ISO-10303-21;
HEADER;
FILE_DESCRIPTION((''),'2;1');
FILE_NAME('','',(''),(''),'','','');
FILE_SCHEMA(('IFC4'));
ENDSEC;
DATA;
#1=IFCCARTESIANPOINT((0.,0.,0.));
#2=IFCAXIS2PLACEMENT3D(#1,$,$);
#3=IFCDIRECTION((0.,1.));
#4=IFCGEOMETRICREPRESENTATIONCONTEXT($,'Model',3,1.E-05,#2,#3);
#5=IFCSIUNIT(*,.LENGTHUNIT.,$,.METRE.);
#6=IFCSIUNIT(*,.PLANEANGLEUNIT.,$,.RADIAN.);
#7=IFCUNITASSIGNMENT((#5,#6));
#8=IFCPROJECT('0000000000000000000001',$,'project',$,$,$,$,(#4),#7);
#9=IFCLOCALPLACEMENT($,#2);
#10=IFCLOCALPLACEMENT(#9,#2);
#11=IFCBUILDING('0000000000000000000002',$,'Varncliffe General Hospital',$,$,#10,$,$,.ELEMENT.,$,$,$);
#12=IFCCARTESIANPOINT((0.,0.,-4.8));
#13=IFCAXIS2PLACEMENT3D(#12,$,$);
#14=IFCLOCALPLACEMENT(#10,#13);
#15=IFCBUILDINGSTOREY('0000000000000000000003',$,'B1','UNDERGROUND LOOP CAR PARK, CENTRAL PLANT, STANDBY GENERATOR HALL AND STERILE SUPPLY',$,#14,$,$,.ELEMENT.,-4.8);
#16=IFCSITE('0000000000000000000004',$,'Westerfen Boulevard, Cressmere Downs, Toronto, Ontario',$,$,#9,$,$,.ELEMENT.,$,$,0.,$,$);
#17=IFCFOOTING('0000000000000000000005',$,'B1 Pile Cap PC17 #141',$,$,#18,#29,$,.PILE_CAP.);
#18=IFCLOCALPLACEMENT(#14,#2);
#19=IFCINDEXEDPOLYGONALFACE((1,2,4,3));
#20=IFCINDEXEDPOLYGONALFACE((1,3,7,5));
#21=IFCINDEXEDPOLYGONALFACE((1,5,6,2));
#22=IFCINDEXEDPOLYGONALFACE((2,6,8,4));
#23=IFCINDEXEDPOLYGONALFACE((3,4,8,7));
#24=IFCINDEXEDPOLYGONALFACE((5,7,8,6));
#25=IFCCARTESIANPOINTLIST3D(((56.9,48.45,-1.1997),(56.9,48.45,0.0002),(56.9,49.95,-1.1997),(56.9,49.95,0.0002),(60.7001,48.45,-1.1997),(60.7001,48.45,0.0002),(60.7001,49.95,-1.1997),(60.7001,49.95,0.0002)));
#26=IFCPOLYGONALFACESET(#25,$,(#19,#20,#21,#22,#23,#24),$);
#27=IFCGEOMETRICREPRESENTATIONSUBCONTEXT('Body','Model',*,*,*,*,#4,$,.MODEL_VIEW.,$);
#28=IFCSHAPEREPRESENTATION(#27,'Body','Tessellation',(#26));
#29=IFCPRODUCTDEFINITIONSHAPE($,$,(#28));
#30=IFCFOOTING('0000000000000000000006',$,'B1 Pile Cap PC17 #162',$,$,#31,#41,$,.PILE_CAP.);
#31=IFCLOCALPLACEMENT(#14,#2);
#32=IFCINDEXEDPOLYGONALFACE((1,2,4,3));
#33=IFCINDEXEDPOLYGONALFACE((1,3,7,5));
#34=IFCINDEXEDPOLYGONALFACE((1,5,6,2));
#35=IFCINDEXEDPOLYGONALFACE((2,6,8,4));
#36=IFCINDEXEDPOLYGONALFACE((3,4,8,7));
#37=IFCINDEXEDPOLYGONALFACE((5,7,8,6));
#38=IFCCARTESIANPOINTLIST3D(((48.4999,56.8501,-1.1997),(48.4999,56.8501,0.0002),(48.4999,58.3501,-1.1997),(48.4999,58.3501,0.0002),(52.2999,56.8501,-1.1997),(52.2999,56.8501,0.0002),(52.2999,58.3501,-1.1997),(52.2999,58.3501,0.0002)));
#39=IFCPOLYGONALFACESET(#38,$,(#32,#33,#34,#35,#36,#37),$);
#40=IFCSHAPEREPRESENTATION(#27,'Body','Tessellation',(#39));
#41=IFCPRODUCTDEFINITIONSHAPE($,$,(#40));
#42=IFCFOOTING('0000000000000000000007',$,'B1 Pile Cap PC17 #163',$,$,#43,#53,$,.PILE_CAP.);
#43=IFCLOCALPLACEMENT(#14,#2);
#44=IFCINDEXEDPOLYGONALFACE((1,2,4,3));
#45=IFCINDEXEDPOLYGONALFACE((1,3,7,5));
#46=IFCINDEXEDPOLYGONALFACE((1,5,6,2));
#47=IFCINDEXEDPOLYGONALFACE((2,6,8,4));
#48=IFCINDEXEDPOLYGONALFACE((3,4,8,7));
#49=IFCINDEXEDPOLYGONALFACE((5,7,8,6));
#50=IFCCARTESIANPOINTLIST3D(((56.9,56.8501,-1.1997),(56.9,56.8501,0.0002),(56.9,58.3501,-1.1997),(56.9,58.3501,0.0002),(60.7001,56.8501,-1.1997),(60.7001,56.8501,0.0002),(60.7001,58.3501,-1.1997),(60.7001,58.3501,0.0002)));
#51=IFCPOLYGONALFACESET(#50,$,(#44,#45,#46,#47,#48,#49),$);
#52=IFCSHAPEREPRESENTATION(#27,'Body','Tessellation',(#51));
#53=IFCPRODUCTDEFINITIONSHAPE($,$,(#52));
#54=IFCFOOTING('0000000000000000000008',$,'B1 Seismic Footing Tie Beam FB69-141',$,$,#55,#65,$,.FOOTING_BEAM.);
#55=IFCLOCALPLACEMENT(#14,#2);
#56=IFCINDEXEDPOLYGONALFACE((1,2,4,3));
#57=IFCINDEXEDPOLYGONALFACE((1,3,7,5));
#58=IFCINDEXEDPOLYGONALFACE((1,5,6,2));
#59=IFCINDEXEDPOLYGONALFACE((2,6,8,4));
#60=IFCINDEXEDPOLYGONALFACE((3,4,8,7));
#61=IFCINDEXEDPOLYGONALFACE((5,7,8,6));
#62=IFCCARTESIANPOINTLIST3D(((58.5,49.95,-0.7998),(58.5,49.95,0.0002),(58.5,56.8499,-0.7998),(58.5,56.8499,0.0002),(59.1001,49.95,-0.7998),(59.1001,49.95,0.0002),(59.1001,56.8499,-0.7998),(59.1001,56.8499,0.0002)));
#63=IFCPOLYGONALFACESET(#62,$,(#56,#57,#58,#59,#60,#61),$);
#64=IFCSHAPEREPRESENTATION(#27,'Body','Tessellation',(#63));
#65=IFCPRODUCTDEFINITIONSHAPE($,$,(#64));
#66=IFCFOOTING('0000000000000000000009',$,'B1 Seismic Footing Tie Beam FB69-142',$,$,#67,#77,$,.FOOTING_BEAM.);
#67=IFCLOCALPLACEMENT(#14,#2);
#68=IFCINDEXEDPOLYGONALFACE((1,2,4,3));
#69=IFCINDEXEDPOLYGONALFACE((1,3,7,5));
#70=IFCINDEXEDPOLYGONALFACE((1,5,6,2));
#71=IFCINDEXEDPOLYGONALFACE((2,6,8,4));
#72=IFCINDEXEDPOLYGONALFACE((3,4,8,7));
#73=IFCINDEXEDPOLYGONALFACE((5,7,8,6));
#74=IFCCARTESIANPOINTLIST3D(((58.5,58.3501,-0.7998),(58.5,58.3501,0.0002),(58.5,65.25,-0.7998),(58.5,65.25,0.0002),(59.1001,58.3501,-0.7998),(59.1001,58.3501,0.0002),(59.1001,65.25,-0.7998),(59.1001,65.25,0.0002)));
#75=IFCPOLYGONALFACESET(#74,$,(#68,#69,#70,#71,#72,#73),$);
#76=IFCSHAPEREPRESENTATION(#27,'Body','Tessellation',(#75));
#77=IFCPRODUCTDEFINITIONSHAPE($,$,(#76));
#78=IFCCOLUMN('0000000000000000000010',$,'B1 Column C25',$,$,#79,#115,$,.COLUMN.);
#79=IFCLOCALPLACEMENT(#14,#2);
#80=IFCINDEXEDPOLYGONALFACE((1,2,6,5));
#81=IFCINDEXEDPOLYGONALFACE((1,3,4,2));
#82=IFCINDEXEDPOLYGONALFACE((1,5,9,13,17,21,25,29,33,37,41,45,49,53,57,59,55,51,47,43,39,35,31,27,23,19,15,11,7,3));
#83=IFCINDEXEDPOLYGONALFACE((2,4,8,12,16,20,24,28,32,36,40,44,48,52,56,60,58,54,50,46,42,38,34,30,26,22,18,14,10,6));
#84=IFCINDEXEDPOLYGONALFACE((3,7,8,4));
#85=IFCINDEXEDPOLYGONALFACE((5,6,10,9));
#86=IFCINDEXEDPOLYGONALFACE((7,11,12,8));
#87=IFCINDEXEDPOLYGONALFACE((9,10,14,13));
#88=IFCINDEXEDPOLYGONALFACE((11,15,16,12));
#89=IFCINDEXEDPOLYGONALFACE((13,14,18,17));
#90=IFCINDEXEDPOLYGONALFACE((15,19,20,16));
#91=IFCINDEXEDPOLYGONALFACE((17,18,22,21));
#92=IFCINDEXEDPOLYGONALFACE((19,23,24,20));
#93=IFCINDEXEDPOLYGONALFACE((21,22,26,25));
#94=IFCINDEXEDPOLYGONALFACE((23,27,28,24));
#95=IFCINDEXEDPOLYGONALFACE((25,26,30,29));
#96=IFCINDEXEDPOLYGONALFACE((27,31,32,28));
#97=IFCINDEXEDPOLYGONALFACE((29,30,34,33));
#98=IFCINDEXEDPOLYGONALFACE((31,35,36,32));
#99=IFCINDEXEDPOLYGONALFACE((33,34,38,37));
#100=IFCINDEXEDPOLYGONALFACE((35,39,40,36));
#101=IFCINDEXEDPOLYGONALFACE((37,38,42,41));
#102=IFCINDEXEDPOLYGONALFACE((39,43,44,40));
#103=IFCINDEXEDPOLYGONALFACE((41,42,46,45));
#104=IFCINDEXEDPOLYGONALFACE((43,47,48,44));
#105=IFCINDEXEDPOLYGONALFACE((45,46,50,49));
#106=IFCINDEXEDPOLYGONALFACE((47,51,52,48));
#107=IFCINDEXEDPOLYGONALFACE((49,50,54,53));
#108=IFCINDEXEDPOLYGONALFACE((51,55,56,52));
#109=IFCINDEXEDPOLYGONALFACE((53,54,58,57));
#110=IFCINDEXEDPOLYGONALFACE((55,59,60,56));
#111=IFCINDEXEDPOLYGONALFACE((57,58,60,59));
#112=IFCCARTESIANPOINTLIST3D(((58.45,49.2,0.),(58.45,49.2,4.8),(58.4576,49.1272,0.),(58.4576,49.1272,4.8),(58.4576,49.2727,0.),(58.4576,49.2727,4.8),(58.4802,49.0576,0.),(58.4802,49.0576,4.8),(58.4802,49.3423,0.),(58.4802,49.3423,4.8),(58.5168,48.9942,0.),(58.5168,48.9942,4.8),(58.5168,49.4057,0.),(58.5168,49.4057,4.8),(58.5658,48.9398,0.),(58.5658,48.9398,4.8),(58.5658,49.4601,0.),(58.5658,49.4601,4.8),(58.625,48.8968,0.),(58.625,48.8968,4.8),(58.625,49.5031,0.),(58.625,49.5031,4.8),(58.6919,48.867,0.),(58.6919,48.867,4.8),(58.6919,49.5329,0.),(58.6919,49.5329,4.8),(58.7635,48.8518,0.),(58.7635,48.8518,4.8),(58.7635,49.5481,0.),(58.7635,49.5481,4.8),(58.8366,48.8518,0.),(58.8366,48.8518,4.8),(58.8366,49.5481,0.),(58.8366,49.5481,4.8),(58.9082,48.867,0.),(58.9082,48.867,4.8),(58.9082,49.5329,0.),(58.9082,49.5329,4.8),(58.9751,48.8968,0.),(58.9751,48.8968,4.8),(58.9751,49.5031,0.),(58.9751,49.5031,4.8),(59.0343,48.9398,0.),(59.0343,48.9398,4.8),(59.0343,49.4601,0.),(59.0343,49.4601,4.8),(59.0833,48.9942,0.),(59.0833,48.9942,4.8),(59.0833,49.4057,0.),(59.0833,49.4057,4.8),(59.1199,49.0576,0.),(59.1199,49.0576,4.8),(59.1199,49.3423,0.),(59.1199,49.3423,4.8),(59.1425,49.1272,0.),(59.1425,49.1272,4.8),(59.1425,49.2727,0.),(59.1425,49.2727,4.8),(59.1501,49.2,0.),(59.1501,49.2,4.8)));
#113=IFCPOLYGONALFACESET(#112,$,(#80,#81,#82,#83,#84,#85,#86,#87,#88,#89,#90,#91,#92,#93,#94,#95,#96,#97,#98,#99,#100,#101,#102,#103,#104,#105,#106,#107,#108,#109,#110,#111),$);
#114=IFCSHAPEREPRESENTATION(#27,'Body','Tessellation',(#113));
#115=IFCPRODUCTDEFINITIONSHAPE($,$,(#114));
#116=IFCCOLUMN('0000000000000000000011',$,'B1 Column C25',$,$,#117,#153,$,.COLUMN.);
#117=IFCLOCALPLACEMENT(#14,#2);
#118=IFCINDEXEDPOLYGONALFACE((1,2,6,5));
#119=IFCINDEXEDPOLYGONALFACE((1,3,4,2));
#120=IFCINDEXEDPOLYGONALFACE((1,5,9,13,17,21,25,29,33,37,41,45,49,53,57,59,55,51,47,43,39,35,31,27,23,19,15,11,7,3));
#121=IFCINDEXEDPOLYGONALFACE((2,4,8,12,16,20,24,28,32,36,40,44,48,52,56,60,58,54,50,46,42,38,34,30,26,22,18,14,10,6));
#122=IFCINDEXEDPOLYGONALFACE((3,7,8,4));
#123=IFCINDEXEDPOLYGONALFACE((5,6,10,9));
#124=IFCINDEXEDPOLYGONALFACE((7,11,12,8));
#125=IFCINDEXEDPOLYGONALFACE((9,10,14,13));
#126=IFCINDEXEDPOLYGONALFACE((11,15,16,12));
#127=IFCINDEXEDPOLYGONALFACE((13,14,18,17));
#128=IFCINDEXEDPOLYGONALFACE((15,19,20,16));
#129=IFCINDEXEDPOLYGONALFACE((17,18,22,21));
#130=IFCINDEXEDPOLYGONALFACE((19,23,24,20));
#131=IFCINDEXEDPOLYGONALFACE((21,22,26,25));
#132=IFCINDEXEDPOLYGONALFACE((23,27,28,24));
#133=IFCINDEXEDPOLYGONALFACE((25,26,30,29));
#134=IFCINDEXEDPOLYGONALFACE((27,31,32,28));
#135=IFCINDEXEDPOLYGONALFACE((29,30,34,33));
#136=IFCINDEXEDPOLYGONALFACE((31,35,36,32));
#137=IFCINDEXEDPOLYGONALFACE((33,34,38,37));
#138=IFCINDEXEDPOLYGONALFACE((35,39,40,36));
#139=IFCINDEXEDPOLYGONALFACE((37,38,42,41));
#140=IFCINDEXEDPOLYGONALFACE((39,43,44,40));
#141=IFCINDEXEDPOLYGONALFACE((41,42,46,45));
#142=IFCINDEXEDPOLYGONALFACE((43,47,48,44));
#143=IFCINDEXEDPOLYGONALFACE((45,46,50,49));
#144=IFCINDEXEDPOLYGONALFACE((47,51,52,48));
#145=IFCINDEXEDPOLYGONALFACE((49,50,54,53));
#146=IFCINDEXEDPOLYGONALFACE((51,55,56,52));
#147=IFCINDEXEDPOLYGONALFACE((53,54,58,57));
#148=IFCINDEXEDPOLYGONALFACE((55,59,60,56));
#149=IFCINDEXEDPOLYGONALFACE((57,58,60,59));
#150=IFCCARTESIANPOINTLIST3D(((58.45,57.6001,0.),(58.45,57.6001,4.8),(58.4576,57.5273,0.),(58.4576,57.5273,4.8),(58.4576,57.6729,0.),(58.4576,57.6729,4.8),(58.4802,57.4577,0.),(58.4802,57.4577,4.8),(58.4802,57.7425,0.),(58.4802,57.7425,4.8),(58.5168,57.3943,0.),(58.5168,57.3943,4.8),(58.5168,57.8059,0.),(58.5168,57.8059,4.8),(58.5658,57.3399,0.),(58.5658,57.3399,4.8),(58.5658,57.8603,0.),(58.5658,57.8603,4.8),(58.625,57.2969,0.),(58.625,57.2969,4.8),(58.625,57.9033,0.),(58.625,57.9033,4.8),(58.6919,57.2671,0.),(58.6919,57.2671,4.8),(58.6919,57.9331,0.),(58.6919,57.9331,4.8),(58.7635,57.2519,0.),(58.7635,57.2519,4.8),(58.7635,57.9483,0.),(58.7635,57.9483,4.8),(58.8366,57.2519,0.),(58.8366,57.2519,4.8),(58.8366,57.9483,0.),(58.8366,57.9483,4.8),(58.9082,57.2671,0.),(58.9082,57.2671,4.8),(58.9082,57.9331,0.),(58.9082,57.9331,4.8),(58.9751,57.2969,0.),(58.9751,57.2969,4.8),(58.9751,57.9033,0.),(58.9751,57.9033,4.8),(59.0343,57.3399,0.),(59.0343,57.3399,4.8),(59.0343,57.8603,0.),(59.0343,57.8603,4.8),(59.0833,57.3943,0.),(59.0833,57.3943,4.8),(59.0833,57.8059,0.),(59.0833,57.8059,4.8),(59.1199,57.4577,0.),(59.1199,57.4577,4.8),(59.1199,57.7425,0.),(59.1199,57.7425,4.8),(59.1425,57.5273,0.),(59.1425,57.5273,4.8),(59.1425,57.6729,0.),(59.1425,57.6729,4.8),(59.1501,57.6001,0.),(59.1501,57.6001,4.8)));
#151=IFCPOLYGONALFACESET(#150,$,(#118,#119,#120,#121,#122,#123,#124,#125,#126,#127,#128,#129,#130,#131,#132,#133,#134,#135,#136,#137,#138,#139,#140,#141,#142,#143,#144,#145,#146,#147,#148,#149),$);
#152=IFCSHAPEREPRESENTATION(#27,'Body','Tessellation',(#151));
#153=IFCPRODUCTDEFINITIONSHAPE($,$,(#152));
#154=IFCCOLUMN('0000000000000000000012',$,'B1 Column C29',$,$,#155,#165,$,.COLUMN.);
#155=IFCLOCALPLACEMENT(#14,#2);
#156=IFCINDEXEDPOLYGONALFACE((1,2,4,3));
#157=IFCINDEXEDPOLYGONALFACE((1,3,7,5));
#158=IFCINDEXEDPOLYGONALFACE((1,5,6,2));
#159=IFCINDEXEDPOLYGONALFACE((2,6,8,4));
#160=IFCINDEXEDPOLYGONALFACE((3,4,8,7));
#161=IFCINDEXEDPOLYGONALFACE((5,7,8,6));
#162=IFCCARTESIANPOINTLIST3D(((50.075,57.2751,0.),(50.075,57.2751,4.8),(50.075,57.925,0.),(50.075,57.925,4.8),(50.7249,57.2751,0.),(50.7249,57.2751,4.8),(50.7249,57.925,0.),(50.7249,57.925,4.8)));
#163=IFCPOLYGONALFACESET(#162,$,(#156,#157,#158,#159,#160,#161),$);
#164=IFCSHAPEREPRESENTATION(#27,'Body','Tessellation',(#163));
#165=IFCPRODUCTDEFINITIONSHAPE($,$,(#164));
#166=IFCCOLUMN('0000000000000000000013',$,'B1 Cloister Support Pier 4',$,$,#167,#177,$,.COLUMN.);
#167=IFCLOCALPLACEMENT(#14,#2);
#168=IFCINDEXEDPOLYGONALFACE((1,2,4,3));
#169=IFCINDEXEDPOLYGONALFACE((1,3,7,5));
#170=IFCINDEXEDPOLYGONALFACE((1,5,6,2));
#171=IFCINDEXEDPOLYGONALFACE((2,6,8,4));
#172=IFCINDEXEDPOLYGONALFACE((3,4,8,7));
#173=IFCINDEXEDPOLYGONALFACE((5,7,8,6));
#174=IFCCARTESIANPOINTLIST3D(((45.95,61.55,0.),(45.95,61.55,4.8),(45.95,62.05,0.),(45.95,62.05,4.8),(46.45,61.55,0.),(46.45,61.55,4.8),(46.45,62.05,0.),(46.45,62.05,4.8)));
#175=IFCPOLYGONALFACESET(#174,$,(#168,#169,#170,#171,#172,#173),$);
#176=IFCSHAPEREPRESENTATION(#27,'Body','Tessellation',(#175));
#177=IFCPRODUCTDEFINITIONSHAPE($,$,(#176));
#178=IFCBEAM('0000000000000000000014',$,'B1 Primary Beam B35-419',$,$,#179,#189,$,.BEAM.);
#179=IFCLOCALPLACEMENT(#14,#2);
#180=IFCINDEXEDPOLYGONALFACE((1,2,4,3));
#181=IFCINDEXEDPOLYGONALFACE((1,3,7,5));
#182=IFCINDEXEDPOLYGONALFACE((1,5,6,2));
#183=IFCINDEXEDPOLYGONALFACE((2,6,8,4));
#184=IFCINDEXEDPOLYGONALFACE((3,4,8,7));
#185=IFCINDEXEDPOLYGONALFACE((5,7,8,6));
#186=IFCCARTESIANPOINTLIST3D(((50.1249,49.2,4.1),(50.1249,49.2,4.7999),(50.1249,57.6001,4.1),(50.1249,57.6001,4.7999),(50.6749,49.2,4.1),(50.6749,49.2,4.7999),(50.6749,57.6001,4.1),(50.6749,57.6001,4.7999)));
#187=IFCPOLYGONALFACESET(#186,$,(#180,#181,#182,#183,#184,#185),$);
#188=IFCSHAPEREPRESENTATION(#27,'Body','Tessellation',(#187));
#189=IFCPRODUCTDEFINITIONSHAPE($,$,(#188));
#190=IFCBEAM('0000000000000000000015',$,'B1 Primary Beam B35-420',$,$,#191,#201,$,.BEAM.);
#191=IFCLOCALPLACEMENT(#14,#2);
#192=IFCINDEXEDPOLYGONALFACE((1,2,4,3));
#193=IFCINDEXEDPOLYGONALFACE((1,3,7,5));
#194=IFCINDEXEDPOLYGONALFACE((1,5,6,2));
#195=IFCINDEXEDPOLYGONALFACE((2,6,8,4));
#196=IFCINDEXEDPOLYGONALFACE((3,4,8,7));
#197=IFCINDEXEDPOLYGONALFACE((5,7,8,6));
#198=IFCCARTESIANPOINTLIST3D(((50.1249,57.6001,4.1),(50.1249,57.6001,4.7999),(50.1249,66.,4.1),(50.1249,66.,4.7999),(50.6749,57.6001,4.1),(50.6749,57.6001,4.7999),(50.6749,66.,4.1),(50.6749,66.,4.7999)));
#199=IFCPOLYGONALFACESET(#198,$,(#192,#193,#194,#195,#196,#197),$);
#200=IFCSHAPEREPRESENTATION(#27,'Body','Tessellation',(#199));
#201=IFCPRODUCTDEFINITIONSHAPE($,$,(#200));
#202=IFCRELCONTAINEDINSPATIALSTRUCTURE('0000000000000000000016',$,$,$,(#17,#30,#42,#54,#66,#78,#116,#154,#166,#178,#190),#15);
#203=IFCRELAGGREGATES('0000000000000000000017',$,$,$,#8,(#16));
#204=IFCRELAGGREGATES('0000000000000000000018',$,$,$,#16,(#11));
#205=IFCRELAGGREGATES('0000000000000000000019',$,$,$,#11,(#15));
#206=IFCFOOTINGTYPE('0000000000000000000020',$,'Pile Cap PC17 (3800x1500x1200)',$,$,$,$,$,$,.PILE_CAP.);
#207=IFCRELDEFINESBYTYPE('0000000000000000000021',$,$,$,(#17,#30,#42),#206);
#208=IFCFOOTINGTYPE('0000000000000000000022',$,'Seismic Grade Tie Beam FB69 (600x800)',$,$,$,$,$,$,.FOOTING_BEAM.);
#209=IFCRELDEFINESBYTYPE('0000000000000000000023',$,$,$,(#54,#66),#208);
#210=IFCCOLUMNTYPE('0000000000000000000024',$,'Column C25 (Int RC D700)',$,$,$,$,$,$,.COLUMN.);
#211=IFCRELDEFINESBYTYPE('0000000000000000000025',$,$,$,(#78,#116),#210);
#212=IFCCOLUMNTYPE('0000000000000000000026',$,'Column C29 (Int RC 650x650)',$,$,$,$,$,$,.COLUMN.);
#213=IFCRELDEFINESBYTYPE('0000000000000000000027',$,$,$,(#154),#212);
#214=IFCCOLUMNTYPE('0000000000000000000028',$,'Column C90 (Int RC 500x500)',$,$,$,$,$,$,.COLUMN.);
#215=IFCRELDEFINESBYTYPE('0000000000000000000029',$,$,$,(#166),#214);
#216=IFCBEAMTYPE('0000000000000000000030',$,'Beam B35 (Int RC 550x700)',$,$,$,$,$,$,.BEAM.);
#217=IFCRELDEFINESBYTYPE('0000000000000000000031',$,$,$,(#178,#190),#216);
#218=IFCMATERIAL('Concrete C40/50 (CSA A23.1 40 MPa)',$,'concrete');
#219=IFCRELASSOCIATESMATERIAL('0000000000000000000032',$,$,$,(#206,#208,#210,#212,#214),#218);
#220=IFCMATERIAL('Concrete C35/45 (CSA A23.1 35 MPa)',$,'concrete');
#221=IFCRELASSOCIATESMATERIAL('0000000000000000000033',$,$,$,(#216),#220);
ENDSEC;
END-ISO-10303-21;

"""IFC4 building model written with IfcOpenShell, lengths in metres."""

from ifc_helpers import new_model, si_unit, direction, frame, origin, origin_2d, place, context, subcontext, project, spatial, rectangle, circle, extrude, material, material_profile, profile_set, type_object, element, save


model = new_model("IFC4")

# Units and contexts
model_context = context("Model", 3, precision=1e-05, world=origin(), true_north=direction((0.0, 1.0)))
body_context = subcontext(model_context, "Body", "Model", "MODEL_VIEW")
ifc_project = project(units=[si_unit("LENGTHUNIT", "METRE"), si_unit("PLANEANGLEUNIT", "RADIAN")], contexts=[model_context])

# Site, building, storey
site_placement = place(None, origin())
site = spatial("IfcSite", under=ifc_project, at=site_placement, Name="Westerfen Boulevard, Cressmere Downs, Toronto, Ontario", CompositionType="ELEMENT", RefElevation=0.0)
building_placement = place(site_placement, origin())
building = spatial("IfcBuilding", under=site, at=building_placement, Name="Varncliffe General Hospital", CompositionType="ELEMENT")
storey_placement = place(building_placement, frame((0.0, 0.0, -4.8)))
storey = spatial("IfcBuildingStorey", under=building, at=storey_placement, Name="B1", Description="UNDERGROUND LOOP CAR PARK, CENTRAL PLANT, STANDBY GENERATOR HALL AND STERILE SUPPLY", CompositionType="ELEMENT", Elevation=-4.8)

# Shared definitions
ifc_material_1 = material(Name="Concrete C40/50 (CSA A23.1 40 MPa)", Category="concrete")

# Footings
footing_type_1 = type_object("IfcFootingType", Name="Pile Cap PC17 (3800x1500x1200)", PredefinedType="PILE_CAP", material=ifc_material_1)
for number, where, z_axis, x_axis, name in (
    (1, (58.8, 49.2, -1.1997), (0.0, 0.0, 1.0), (1.0, 0.0, 0.0), "B1 Pile Cap PC17 #141"),
    (2, (50.3999, 57.6001, -1.1997), (0.0, 0.0, 1.0), (1.0, 0.0, 0.0), "B1 Pile Cap PC17 #162"),
    (3, (58.8, 57.6001, -1.1997), (0.0, 0.0, 1.0), (1.0, 0.0, 0.0), "B1 Pile Cap PC17 #163"),
):
    element("IfcFooting", number, at=place(storey_placement, frame(where, z_axis=z_axis, x_axis=x_axis)), inside=storey, type_object=footing_type_1, Name=name, PredefinedType="PILE_CAP", context=body_context, shape_type="SweptSolid", body=[
        extrude(rectangle(XDim=3.8, YDim=1.5, at=origin_2d()), origin(), (0.0, 0.0, 1.0), 1.2),
    ])
footing_type_2 = type_object("IfcFootingType", Name="Seismic Grade Tie Beam FB69 (600x800)", PredefinedType="FOOTING_BEAM", material=ifc_material_1)
for number, where, z_axis, x_axis, name in (
    (4, (58.8, 53.3999, -0.7998), (0.0, 0.0, 1.0), (1.0, 0.0, 0.0), "B1 Seismic Footing Tie Beam FB69-141"),
    (5, (58.8, 61.8, -0.7998), (0.0, 0.0, 1.0), (1.0, 0.0, 0.0), "B1 Seismic Footing Tie Beam FB69-142"),
):
    element("IfcFooting", number, at=place(storey_placement, frame(where, z_axis=z_axis, x_axis=x_axis)), inside=storey, type_object=footing_type_2, Name=name, PredefinedType="FOOTING_BEAM", context=body_context, shape_type="SweptSolid", body=[
        extrude(rectangle(XDim=0.6001, YDim=6.8999, at=origin_2d()), origin(), (0.0, 0.0, 1.0), 0.8),
    ])

# Columns
ifc_material_profile_1 = material_profile(ifc_material_1, circle(Radius=0.3501, at=origin_2d()), Name="RC D700")
ifc_profile_set_1 = profile_set([ifc_material_profile_1], Name="Concrete C40/50 (CSA A23.1 40 MPa)")
column_type_1 = type_object("IfcColumnType", Name="Column C25 (Int RC D700)", PredefinedType="COLUMN", material=ifc_profile_set_1)
for number, where, z_axis, x_axis, name in (
    (6, (58.8, 49.2, 0.0), (0.0, 0.0, 1.0), (1.0, 0.0, 0.0), "B1 Column C25"),
    (7, (58.8, 57.6001, 0.0), (0.0, 0.0, 1.0), (1.0, 0.0, 0.0), "B1 Column C25"),
):
    element("IfcColumn", number, at=place(storey_placement, frame(where, z_axis=z_axis, x_axis=x_axis)), inside=storey, type_object=column_type_1, Name=name, PredefinedType="COLUMN", context=body_context, shape_type="SweptSolid", body=[
        extrude(circle(Radius=0.3501, at=origin_2d()), origin(), (0.0, 0.0, 1.0), 4.8),
    ])
ifc_material_profile_2 = material_profile(ifc_material_1, rectangle(XDim=0.6499, YDim=0.6499, at=origin_2d()), Name="RC 650x650")
ifc_profile_set_2 = profile_set([ifc_material_profile_2], Name="Concrete C40/50 (CSA A23.1 40 MPa)")
column_type_2 = type_object("IfcColumnType", Name="Column C29 (Int RC 650x650)", PredefinedType="COLUMN", material=ifc_profile_set_2)
column_1_placement = place(storey_placement, frame((50.3999, 57.6001, 0.0), z_axis=(0.0, 0.0, 1.0), x_axis=(1.0, 0.0, 0.0)))
element("IfcColumn", 8, at=column_1_placement, inside=storey, type_object=column_type_2, Name="B1 Column C29", PredefinedType="COLUMN", context=body_context, shape_type="SweptSolid", body=[
    extrude(rectangle(XDim=0.6499, YDim=0.6499, at=origin_2d()), origin(), (0.0, 0.0, 1.0), 4.8),
])
ifc_material_profile_3 = material_profile(ifc_material_1, rectangle(XDim=0.5, YDim=0.5, at=origin_2d()), Name="RC 500x500")
ifc_profile_set_3 = profile_set([ifc_material_profile_3], Name="Concrete C40/50 (CSA A23.1 40 MPa)")
column_type_3 = type_object("IfcColumnType", Name="Column C90 (Int RC 500x500)", PredefinedType="COLUMN", material=ifc_profile_set_3)
column_2_placement = place(storey_placement, frame((46.2, 61.8, 0.0), z_axis=(0.0, 0.0, 1.0), x_axis=(1.0, 0.0, 0.0)))
element("IfcColumn", 9, at=column_2_placement, inside=storey, type_object=column_type_3, Name="B1 Cloister Support Pier 4", PredefinedType="COLUMN", context=body_context, shape_type="SweptSolid", body=[
    extrude(rectangle(XDim=0.5, YDim=0.5, at=origin_2d()), origin(), (0.0, 0.0, 1.0), 4.8),
])

# Beams
ifc_material_2 = material(Name="Concrete C35/45 (CSA A23.1 35 MPa)", Category="concrete")
ifc_material_profile_4 = material_profile(ifc_material_2, rectangle(XDim=0.55, YDim=0.7, at=origin_2d()), Name="RC 550x700")
ifc_profile_set_4 = profile_set([ifc_material_profile_4], Name="Concrete C35/45 (CSA A23.1 35 MPa)")
beam_type_1 = type_object("IfcBeamType", Name="Beam B35 (Int RC 550x700)", PredefinedType="BEAM", material=ifc_profile_set_4)
beam_1_placement = place(storey_placement, frame((50.3999, 49.2, 4.45), z_axis=(0.0, 1.0, 0.0), x_axis=(-1.0, 0.0, 0.0)))
element("IfcBeam", 10, at=beam_1_placement, inside=storey, type_object=beam_type_1, Name="B1 Primary Beam B35-419", PredefinedType="BEAM", context=body_context, shape_type="SweptSolid", body=[
    extrude(rectangle(XDim=0.55, YDim=0.7, at=origin_2d()), origin(), (0.0, 0.0, 1.0), 8.4001),
])
beam_2_placement = place(storey_placement, frame((50.3999, 57.6001, 4.45), z_axis=(0.0, 1.0, 0.0), x_axis=(-1.0, 0.0, 0.0)))
element("IfcBeam", 11, at=beam_2_placement, inside=storey, type_object=beam_type_1, Name="B1 Primary Beam B35-420", PredefinedType="BEAM", context=body_context, shape_type="SweptSolid", body=[
    extrude(rectangle(XDim=0.55, YDim=0.7, at=origin_2d()), origin(), (0.0, 0.0, 1.0), 8.3999),
])

save(model, "model.ifc")
